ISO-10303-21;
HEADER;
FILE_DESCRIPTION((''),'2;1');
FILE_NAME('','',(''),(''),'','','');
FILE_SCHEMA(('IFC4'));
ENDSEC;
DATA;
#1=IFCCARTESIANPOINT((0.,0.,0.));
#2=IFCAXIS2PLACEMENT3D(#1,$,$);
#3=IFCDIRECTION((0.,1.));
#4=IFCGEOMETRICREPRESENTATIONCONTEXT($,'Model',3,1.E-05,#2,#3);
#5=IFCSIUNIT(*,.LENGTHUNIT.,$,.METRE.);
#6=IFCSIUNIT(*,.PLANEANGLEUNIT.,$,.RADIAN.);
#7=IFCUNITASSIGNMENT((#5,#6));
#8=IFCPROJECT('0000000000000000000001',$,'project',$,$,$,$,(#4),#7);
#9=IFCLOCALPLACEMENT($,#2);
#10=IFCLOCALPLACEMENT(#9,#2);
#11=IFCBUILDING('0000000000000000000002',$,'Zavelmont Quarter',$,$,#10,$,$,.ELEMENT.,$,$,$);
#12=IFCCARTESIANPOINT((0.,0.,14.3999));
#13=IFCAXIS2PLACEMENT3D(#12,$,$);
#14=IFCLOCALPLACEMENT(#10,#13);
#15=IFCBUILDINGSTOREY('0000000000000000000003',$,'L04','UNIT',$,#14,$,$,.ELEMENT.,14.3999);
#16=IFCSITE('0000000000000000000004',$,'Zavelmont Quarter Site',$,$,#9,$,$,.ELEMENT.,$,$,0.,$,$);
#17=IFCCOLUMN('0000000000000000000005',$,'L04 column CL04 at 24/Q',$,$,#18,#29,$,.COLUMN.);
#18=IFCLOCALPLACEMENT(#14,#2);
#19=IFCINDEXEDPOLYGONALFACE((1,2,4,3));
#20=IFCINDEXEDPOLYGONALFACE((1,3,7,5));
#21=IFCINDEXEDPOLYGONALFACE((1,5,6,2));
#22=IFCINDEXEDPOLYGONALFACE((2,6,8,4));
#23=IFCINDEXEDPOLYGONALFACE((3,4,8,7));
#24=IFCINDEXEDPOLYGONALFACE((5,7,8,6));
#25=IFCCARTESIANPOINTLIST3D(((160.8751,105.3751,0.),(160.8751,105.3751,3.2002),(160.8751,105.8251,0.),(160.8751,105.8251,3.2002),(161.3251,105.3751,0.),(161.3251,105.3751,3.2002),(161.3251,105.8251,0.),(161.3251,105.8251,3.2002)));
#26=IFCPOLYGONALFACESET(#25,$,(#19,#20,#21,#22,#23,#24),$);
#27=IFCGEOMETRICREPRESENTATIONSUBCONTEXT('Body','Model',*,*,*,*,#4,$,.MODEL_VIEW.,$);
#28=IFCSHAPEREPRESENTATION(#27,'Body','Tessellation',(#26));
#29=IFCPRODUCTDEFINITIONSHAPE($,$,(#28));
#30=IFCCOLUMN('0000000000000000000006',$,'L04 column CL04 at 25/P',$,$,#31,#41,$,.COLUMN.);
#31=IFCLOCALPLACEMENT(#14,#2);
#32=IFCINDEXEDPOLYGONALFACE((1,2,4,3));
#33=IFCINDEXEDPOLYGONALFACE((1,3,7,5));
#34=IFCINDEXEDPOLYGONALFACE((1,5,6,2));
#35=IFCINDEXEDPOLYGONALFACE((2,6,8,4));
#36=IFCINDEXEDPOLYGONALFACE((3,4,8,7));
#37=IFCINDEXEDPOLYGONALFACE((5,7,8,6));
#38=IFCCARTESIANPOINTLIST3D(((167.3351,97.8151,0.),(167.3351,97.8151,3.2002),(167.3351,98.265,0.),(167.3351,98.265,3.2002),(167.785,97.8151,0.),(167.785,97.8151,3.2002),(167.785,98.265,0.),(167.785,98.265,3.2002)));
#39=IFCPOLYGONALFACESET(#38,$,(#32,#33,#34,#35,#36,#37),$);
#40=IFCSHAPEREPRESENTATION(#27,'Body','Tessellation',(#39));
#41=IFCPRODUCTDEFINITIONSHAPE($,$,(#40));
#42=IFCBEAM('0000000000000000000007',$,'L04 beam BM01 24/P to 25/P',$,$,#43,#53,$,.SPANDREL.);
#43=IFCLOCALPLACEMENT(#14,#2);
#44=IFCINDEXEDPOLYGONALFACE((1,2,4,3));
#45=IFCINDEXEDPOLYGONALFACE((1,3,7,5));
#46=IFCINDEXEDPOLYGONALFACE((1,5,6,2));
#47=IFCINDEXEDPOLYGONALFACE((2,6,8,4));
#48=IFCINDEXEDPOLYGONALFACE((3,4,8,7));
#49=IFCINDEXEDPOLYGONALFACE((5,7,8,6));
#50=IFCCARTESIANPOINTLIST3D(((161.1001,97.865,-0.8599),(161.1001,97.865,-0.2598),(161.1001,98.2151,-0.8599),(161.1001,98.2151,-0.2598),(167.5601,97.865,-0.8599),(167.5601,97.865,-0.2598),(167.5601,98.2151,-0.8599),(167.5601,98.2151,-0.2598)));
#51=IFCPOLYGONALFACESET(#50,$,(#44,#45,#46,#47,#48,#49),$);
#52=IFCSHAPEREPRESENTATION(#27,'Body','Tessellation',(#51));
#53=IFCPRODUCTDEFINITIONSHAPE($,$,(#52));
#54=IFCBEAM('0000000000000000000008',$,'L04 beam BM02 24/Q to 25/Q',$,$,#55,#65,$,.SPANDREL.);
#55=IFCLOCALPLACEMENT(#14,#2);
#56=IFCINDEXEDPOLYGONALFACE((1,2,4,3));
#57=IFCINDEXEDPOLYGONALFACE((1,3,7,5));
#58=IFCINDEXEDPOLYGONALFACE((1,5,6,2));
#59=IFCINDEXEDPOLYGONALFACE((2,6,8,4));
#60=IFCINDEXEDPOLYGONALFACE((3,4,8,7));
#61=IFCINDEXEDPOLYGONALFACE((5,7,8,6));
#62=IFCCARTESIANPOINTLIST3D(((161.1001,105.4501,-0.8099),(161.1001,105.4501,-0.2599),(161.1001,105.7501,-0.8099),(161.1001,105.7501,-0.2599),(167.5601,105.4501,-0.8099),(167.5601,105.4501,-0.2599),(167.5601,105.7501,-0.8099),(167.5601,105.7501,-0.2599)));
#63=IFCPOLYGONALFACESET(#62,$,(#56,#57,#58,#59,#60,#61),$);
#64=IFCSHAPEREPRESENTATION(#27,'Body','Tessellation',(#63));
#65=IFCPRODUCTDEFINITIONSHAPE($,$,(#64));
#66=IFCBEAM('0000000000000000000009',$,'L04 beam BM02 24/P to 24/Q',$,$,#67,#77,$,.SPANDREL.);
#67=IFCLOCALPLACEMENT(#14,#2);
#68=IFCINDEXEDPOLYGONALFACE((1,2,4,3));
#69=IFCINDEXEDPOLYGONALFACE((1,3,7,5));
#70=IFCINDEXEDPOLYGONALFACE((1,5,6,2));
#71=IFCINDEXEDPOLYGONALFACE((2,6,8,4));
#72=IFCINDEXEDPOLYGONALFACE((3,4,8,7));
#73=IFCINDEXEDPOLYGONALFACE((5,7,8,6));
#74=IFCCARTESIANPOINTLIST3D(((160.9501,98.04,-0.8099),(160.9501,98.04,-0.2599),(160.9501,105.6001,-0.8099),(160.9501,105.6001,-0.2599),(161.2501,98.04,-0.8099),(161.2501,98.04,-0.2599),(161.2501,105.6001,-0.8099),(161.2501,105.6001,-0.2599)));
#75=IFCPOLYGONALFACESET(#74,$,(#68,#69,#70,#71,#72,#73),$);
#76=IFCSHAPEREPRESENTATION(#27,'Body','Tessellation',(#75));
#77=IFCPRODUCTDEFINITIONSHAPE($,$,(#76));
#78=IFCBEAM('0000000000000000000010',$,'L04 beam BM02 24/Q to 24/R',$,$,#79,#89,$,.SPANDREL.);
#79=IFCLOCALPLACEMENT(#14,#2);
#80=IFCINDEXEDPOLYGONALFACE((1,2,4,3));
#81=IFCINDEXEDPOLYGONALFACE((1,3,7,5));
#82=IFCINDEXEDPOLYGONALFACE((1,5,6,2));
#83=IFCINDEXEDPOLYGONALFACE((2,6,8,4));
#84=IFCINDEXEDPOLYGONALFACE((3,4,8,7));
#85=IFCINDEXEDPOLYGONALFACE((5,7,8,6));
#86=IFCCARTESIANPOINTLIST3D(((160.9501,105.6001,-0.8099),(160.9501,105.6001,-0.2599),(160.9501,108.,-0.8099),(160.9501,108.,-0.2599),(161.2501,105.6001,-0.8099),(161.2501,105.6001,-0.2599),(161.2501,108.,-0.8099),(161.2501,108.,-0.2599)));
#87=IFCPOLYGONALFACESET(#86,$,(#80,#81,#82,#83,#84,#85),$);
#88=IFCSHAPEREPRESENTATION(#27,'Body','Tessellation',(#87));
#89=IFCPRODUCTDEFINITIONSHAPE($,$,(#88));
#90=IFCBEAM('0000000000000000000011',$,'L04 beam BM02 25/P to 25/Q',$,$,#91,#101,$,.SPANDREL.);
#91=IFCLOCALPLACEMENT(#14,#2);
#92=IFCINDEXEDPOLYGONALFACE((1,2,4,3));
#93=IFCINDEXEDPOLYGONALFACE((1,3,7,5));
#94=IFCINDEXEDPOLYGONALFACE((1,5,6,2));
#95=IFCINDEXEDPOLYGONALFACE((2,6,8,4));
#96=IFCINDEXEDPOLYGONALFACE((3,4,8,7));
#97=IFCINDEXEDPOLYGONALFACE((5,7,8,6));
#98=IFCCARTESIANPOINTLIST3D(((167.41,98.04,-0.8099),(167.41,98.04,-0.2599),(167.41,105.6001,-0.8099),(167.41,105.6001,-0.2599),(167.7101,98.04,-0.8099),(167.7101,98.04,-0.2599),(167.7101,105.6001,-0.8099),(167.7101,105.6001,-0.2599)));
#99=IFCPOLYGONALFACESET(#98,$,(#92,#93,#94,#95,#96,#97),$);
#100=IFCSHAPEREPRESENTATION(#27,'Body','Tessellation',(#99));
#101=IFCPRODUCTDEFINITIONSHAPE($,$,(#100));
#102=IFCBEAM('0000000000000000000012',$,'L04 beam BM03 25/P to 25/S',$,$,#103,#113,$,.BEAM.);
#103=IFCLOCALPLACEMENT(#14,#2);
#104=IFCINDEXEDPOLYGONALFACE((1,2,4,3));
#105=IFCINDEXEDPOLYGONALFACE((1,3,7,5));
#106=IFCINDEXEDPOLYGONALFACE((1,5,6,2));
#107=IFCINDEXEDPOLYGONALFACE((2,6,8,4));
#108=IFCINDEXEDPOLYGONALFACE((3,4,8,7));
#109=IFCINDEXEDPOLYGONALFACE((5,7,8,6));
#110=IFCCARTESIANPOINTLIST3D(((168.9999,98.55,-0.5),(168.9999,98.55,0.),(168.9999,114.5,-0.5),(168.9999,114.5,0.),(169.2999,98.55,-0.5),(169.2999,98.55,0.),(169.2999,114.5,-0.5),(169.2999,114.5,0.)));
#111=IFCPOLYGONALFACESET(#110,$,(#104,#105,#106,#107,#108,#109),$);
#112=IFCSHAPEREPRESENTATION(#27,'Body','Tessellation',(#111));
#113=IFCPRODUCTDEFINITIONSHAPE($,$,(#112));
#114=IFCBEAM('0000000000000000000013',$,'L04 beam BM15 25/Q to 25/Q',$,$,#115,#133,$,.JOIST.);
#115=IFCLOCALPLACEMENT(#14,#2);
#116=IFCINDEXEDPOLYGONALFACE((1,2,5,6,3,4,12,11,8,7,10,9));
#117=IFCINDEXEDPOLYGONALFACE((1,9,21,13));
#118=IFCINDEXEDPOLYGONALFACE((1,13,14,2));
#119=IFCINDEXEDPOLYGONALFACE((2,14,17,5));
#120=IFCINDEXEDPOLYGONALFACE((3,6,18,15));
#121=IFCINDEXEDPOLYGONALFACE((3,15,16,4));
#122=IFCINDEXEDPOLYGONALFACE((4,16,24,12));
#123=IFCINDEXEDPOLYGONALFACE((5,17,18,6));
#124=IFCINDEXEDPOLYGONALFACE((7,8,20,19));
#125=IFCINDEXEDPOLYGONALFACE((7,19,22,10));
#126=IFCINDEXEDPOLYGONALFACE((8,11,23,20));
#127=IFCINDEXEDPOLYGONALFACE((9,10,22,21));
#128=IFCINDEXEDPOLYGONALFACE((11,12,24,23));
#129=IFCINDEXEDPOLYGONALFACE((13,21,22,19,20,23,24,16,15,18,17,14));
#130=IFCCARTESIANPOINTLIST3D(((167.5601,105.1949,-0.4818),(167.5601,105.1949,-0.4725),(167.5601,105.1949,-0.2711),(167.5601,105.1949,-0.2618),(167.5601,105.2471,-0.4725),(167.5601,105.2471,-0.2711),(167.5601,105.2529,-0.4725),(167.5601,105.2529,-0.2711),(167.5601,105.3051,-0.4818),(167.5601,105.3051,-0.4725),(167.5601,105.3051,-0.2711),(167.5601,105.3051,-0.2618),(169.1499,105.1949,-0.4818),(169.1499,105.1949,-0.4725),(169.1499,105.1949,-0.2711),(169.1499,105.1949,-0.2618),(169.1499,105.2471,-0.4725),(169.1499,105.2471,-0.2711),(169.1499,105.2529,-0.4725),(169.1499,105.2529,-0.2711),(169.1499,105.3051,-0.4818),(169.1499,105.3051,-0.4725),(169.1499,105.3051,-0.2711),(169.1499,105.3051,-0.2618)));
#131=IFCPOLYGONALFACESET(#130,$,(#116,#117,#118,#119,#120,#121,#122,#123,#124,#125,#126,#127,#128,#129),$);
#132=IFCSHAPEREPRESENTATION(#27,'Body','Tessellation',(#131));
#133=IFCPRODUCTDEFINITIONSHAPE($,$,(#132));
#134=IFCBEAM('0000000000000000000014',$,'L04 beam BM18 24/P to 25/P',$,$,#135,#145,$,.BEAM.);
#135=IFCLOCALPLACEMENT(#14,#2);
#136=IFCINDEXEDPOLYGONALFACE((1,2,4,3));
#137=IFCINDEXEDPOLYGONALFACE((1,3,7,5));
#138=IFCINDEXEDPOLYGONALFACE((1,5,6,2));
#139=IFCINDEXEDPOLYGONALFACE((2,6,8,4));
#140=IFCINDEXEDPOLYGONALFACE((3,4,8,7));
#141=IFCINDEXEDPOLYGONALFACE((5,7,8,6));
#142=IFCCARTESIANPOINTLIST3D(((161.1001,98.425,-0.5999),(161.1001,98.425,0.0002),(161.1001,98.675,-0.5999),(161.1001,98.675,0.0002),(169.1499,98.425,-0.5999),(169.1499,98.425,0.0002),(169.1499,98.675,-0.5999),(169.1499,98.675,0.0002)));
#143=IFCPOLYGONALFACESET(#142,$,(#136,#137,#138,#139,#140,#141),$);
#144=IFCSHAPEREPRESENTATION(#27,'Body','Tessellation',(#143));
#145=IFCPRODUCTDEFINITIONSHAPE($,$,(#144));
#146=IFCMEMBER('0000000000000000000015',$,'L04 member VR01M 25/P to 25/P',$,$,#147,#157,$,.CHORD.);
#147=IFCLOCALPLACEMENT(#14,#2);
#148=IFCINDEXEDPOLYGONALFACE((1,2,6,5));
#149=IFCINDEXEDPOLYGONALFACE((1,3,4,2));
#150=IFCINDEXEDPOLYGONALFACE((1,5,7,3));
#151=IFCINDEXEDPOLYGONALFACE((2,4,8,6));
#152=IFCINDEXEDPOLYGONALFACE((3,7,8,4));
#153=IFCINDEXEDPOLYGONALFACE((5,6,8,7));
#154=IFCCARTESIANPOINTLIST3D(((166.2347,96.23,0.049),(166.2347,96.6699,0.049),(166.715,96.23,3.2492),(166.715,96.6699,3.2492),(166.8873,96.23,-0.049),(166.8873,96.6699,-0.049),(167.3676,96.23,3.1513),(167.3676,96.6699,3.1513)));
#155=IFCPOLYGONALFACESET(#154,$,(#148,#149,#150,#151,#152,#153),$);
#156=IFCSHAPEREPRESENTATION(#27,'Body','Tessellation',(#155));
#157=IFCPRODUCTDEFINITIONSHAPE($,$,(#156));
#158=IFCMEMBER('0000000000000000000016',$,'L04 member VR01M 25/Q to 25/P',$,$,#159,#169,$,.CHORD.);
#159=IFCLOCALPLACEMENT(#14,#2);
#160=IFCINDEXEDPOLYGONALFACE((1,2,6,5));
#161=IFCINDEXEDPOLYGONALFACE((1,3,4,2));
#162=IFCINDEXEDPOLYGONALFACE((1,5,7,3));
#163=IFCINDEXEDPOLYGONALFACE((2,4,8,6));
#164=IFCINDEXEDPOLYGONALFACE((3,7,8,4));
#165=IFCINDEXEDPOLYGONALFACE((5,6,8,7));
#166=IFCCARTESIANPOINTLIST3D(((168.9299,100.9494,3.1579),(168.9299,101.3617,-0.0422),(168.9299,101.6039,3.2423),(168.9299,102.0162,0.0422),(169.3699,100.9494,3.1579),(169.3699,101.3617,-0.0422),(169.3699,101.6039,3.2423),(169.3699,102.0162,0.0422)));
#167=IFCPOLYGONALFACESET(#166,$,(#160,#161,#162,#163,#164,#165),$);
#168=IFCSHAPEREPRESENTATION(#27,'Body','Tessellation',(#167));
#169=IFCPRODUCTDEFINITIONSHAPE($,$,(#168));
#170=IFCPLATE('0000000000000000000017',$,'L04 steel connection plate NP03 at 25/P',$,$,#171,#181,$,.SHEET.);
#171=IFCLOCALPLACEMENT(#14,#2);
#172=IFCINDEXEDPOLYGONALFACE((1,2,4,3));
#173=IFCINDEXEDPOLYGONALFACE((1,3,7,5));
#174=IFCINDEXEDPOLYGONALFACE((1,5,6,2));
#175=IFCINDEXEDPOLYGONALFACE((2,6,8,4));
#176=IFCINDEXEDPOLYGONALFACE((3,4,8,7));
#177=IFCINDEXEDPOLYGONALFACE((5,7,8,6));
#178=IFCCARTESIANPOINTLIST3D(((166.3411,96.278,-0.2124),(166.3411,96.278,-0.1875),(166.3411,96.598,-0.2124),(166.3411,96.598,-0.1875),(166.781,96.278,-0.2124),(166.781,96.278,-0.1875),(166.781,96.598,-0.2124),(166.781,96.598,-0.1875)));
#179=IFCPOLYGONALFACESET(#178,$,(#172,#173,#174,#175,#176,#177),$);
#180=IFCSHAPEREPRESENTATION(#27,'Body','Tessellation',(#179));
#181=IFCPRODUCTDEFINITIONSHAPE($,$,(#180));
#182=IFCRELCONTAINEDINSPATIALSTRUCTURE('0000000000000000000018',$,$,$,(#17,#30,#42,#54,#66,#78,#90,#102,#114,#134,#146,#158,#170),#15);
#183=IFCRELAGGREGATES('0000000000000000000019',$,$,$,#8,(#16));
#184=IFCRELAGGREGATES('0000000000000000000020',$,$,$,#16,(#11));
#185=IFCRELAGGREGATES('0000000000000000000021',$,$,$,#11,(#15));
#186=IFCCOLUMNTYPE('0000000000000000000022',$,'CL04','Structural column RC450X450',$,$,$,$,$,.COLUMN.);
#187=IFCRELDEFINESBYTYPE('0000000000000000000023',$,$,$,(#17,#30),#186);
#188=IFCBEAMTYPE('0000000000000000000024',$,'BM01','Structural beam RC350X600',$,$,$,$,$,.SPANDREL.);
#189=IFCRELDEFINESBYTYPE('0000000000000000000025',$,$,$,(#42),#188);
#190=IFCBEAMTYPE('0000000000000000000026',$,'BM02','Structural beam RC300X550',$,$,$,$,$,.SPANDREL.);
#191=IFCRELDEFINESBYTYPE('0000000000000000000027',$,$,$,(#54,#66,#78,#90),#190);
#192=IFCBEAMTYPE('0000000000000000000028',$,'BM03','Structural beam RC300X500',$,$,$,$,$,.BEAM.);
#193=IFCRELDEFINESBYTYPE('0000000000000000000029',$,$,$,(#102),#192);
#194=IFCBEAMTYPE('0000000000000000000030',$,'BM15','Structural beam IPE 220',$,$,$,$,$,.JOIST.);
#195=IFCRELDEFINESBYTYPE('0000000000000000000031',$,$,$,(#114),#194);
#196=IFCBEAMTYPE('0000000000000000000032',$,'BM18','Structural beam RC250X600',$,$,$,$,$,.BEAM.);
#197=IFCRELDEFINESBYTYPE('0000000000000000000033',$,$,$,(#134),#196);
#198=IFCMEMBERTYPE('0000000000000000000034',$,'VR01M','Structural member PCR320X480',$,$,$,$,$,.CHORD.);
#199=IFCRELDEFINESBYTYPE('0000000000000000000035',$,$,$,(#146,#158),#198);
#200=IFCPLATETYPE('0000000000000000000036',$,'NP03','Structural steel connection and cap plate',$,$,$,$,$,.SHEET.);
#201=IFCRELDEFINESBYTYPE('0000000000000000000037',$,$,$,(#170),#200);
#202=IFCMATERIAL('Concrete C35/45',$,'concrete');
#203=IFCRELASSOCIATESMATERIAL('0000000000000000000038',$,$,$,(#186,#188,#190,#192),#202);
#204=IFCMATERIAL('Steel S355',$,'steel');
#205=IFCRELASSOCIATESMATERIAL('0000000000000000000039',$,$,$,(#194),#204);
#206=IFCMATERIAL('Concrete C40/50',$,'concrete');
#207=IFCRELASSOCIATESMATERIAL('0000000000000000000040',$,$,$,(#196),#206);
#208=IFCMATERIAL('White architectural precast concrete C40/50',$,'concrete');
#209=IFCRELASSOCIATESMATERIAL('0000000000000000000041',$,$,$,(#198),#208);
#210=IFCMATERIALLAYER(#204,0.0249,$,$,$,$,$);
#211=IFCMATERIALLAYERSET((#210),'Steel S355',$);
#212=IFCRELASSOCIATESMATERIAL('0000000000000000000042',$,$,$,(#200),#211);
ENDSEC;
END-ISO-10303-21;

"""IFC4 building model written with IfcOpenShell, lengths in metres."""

from ifc_helpers import new_model, si_unit, direction, frame, origin, origin_2d, place, context, subcontext, project, spatial, rectangle, i_section, extrude, material, layer, layer_set, material_profile, profile_set, type_object, element, save


model = new_model("IFC4")

# Units and contexts
model_context = context("Model", 3, precision=1e-05, world=origin(), true_north=direction((0.0, 1.0)))
body_context = subcontext(model_context, "Body", "Model", "MODEL_VIEW")
ifc_project = project(units=[si_unit("LENGTHUNIT", "METRE"), si_unit("PLANEANGLEUNIT", "RADIAN")], contexts=[model_context])

# Site, building, storey
site_placement = place(None, origin())
site = spatial("IfcSite", under=ifc_project, at=site_placement, Name="Zavelmont Quarter Site", CompositionType="ELEMENT", RefElevation=0.0)
building_placement = place(site_placement, origin())
building = spatial("IfcBuilding", under=site, at=building_placement, Name="Zavelmont Quarter", CompositionType="ELEMENT")
storey_placement = place(building_placement, frame((0.0, 0.0, 14.3999)))
storey = spatial("IfcBuildingStorey", under=building, at=storey_placement, Name="L04", Description="UNIT", CompositionType="ELEMENT", Elevation=14.3999)

# Columns
ifc_material_1 = material(Name="Concrete C35/45", Category="concrete")
ifc_material_profile_1 = material_profile(ifc_material_1, rectangle(XDim=0.45, YDim=0.45, at=origin_2d()), Name="RC450X450")
ifc_profile_set_1 = profile_set([ifc_material_profile_1], Name="Concrete C35/45")
column_type = type_object("IfcColumnType", Name="CL04", Description="Structural column RC450X450", PredefinedType="COLUMN", material=ifc_profile_set_1)
for number, where, z_axis, x_axis, name in (
    (1, (161.1001, 105.6001, 0.0), (0.0, 0.0, 1.0), (1.0, 0.0, 0.0), "L04 column CL04 at 24/Q"),
    (2, (167.5601, 98.04, 0.0), (0.0, 0.0, 1.0), (1.0, 0.0, 0.0), "L04 column CL04 at 25/P"),
):
    element("IfcColumn", number, at=place(storey_placement, frame(where, z_axis=z_axis, x_axis=x_axis)), inside=storey, type_object=column_type, Name=name, PredefinedType="COLUMN", context=body_context, shape_type="SweptSolid", body=[
        extrude(rectangle(XDim=0.45, YDim=0.45, at=origin_2d()), origin(), (0.0, 0.0, 1.0), 3.2002),
    ])

# Beams
ifc_material_profile_2 = material_profile(ifc_material_1, rectangle(XDim=0.3501, YDim=0.6001, at=origin_2d()), Name="RC350X600")
ifc_profile_set_2 = profile_set([ifc_material_profile_2], Name="Concrete C35/45")
beam_type_1 = type_object("IfcBeamType", Name="BM01", Description="Structural beam RC350X600", PredefinedType="SPANDREL", material=ifc_profile_set_2)
beam_1_placement = place(storey_placement, frame((161.1001, 98.04, -0.5598), z_axis=(1.0, 0.0, 0.0), x_axis=(0.0, 1.0, 0.0)))
element("IfcBeam", 3, at=beam_1_placement, inside=storey, type_object=beam_type_1, Name="L04 beam BM01 24/P to 25/P", PredefinedType="SPANDREL", context=body_context, shape_type="SweptSolid", body=[
    extrude(rectangle(XDim=0.3501, YDim=0.6001, at=origin_2d()), origin(), (0.0, 0.0, 1.0), 6.46),
])
ifc_material_profile_3 = material_profile(ifc_material_1, rectangle(XDim=0.3, YDim=0.55, at=origin_2d()), Name="RC300X550")
ifc_profile_set_3 = profile_set([ifc_material_profile_3], Name="Concrete C35/45")
beam_type_2 = type_object("IfcBeamType", Name="BM02", Description="Structural beam RC300X550", PredefinedType="SPANDREL", material=ifc_profile_set_3)
beam_2_placement = place(storey_placement, frame((161.1001, 105.6001, -0.5349), z_axis=(1.0, 0.0, 0.0), x_axis=(0.0, 1.0, 0.0)))
element("IfcBeam", 4, at=beam_2_placement, inside=storey, type_object=beam_type_2, Name="L04 beam BM02 24/Q to 25/Q", PredefinedType="SPANDREL", context=body_context, shape_type="SweptSolid", body=[
    extrude(rectangle(XDim=0.3, YDim=0.55, at=origin_2d()), origin(), (0.0, 0.0, 1.0), 6.46),
])
beam_3_placement = place(storey_placement, frame((161.1001, 98.04, -0.5349), z_axis=(0.0, 1.0, 0.0), x_axis=(-1.0, 0.0, 0.0)))
element("IfcBeam", 5, at=beam_3_placement, inside=storey, type_object=beam_type_2, Name="L04 beam BM02 24/P to 24/Q", PredefinedType="SPANDREL", context=body_context, shape_type="SweptSolid", body=[
    extrude(rectangle(XDim=0.3, YDim=0.55, at=origin_2d()), origin(), (0.0, 0.0, 1.0), 7.5601),
])
beam_4_placement = place(storey_placement, frame((161.1001, 105.6001, -0.5349), z_axis=(0.0, 1.0, 0.0), x_axis=(-1.0, 0.0, 0.0)))
element("IfcBeam", 6, at=beam_4_placement, inside=storey, type_object=beam_type_2, Name="L04 beam BM02 24/Q to 24/R", PredefinedType="SPANDREL", context=body_context, shape_type="SweptSolid", body=[
    extrude(rectangle(XDim=0.3, YDim=0.55, at=origin_2d()), origin(), (0.0, 0.0, 1.0), 2.3999),
])
beam_5_placement = place(storey_placement, frame((167.5601, 98.04, -0.5349), z_axis=(0.0, 1.0, 0.0), x_axis=(-1.0, 0.0, 0.0)))
element("IfcBeam", 7, at=beam_5_placement, inside=storey, type_object=beam_type_2, Name="L04 beam BM02 25/P to 25/Q", PredefinedType="SPANDREL", context=body_context, shape_type="SweptSolid", body=[
    extrude(rectangle(XDim=0.3, YDim=0.55, at=origin_2d()), origin(), (0.0, 0.0, 1.0), 7.5601),
])
ifc_material_profile_4 = material_profile(ifc_material_1, rectangle(XDim=0.3, YDim=0.5, at=origin_2d()), Name="RC300X500")
ifc_profile_set_4 = profile_set([ifc_material_profile_4], Name="Concrete C35/45")
beam_type_3 = type_object("IfcBeamType", Name="BM03", Description="Structural beam RC300X500", PredefinedType="BEAM", material=ifc_profile_set_4)
beam_6_placement = place(storey_placement, frame((169.1499, 98.55, -0.25), z_axis=(0.0, 1.0, 0.0), x_axis=(-1.0, 0.0, 0.0)))
element("IfcBeam", 8, at=beam_6_placement, inside=storey, type_object=beam_type_3, Name="L04 beam BM03 25/P to 25/S", PredefinedType="BEAM", context=body_context, shape_type="SweptSolid", body=[
    extrude(rectangle(XDim=0.3, YDim=0.5, at=origin_2d()), origin(), (0.0, 0.0, 1.0), 15.95),
])
ifc_material_2 = material(Name="Steel S355", Category="steel")
ifc_material_profile_5 = material_profile(ifc_material_2, i_section(OverallWidth=0.1101, OverallDepth=0.22, WebThickness=0.0059, FlangeThickness=0.0093, at=origin_2d()), Name="IPE 220")
ifc_profile_set_5 = profile_set([ifc_material_profile_5], Name="Steel S355")
beam_type_4 = type_object("IfcBeamType", Name="BM15", Description="Structural beam IPE 220", PredefinedType="JOIST", material=ifc_profile_set_5)
beam_7_placement = place(storey_placement, frame((167.5601, 105.25, -0.3718), z_axis=(1.0, 0.0, 0.0), x_axis=(0.0, 1.0, 0.0)))
element("IfcBeam", 9, at=beam_7_placement, inside=storey, type_object=beam_type_4, Name="L04 beam BM15 25/Q to 25/Q", PredefinedType="JOIST", context=body_context, shape_type="SweptSolid", body=[
    extrude(i_section(OverallWidth=0.1101, OverallDepth=0.22, WebThickness=0.0059, FlangeThickness=0.0093, at=origin_2d()), origin(), (0.0, 0.0, 1.0), 1.5898),
])
ifc_material_3 = material(Name="Concrete C40/50", Category="concrete")
ifc_material_profile_6 = material_profile(ifc_material_3, rectangle(XDim=0.25, YDim=0.6001, at=origin_2d()), Name="RC250X600")
ifc_profile_set_6 = profile_set([ifc_material_profile_6], Name="Concrete C40/50")
beam_type_5 = type_object("IfcBeamType", Name="BM18", Description="Structural beam RC250X600", PredefinedType="BEAM", material=ifc_profile_set_6)
beam_8_placement = place(storey_placement, frame((161.1001, 98.55, -0.2998), z_axis=(1.0, 0.0, 0.0), x_axis=(0.0, 1.0, 0.0)))
element("IfcBeam", 10, at=beam_8_placement, inside=storey, type_object=beam_type_5, Name="L04 beam BM18 24/P to 25/P", PredefinedType="BEAM", context=body_context, shape_type="SweptSolid", body=[
    extrude(rectangle(XDim=0.25, YDim=0.6001, at=origin_2d()), origin(), (0.0, 0.0, 1.0), 8.0498),
])

# Members
ifc_material_4 = material(Name="White architectural precast concrete C40/50", Category="concrete")
ifc_material_profile_7 = material_profile(ifc_material_4, rectangle(XDim=0.4399, YDim=0.6599, at=origin_2d()), Name="PCR320X480")
ifc_profile_set_7 = profile_set([ifc_material_profile_7], Name="White architectural precast concrete C40/50")
member_type = type_object("IfcMemberType", Name="VR01M", Description="Structural member PCR320X480", PredefinedType="CHORD", material=ifc_profile_set_7)
member_1_placement = place(storey_placement, frame((166.561, 96.45, 0.0), z_axis=(0.148399, 0.0, 0.988927), x_axis=(0.0, 1.0, 0.0)))
element("IfcMember", 11, at=member_1_placement, inside=storey, type_object=member_type, Name="L04 member VR01M 25/P to 25/P", PredefinedType="CHORD", context=body_context, shape_type="SweptSolid", body=[
    extrude(rectangle(XDim=0.4399, YDim=0.6599, at=origin_2d()), origin(), (0.0, 0.0, 1.0), 3.2361),
])
member_2_placement = place(storey_placement, frame((169.1499, 101.689, 0.0), z_axis=(0.0, -0.127796, 0.9918), x_axis=(1.0, 0.0, 0.0)))
element("IfcMember", 12, at=member_2_placement, inside=storey, type_object=member_type, Name="L04 member VR01M 25/Q to 25/P", PredefinedType="CHORD", context=body_context, shape_type="SweptSolid", body=[
    extrude(rectangle(XDim=0.4399, YDim=0.6599, at=origin_2d()), origin(), (0.0, 0.0, 1.0), 3.2266),
])

# Plate
ifc_layer_1 = layer(ifc_material_2, 0.0249)
ifc_layer_set_1 = layer_set([ifc_layer_1], Name="Steel S355")
plate_type = type_object("IfcPlateType", Name="NP03", Description="Structural steel connection and cap plate", PredefinedType="SHEET", material=ifc_layer_set_1)
plate_placement = place(storey_placement, frame((166.561, 96.438, -0.2124), z_axis=(0.0, 0.0, 1.0), x_axis=(1.0, 0.0, 0.0)))
element("IfcPlate", 13, at=plate_placement, inside=storey, type_object=plate_type, Name="L04 steel connection plate NP03 at 25/P", PredefinedType="SHEET", context=body_context, shape_type="SweptSolid", body=[
    extrude(rectangle(XDim=0.4399, YDim=0.3201, at=origin_2d()), origin(), (0.0, 0.0, 1.0), 0.0249),
])

save(model, "model.ifc")
